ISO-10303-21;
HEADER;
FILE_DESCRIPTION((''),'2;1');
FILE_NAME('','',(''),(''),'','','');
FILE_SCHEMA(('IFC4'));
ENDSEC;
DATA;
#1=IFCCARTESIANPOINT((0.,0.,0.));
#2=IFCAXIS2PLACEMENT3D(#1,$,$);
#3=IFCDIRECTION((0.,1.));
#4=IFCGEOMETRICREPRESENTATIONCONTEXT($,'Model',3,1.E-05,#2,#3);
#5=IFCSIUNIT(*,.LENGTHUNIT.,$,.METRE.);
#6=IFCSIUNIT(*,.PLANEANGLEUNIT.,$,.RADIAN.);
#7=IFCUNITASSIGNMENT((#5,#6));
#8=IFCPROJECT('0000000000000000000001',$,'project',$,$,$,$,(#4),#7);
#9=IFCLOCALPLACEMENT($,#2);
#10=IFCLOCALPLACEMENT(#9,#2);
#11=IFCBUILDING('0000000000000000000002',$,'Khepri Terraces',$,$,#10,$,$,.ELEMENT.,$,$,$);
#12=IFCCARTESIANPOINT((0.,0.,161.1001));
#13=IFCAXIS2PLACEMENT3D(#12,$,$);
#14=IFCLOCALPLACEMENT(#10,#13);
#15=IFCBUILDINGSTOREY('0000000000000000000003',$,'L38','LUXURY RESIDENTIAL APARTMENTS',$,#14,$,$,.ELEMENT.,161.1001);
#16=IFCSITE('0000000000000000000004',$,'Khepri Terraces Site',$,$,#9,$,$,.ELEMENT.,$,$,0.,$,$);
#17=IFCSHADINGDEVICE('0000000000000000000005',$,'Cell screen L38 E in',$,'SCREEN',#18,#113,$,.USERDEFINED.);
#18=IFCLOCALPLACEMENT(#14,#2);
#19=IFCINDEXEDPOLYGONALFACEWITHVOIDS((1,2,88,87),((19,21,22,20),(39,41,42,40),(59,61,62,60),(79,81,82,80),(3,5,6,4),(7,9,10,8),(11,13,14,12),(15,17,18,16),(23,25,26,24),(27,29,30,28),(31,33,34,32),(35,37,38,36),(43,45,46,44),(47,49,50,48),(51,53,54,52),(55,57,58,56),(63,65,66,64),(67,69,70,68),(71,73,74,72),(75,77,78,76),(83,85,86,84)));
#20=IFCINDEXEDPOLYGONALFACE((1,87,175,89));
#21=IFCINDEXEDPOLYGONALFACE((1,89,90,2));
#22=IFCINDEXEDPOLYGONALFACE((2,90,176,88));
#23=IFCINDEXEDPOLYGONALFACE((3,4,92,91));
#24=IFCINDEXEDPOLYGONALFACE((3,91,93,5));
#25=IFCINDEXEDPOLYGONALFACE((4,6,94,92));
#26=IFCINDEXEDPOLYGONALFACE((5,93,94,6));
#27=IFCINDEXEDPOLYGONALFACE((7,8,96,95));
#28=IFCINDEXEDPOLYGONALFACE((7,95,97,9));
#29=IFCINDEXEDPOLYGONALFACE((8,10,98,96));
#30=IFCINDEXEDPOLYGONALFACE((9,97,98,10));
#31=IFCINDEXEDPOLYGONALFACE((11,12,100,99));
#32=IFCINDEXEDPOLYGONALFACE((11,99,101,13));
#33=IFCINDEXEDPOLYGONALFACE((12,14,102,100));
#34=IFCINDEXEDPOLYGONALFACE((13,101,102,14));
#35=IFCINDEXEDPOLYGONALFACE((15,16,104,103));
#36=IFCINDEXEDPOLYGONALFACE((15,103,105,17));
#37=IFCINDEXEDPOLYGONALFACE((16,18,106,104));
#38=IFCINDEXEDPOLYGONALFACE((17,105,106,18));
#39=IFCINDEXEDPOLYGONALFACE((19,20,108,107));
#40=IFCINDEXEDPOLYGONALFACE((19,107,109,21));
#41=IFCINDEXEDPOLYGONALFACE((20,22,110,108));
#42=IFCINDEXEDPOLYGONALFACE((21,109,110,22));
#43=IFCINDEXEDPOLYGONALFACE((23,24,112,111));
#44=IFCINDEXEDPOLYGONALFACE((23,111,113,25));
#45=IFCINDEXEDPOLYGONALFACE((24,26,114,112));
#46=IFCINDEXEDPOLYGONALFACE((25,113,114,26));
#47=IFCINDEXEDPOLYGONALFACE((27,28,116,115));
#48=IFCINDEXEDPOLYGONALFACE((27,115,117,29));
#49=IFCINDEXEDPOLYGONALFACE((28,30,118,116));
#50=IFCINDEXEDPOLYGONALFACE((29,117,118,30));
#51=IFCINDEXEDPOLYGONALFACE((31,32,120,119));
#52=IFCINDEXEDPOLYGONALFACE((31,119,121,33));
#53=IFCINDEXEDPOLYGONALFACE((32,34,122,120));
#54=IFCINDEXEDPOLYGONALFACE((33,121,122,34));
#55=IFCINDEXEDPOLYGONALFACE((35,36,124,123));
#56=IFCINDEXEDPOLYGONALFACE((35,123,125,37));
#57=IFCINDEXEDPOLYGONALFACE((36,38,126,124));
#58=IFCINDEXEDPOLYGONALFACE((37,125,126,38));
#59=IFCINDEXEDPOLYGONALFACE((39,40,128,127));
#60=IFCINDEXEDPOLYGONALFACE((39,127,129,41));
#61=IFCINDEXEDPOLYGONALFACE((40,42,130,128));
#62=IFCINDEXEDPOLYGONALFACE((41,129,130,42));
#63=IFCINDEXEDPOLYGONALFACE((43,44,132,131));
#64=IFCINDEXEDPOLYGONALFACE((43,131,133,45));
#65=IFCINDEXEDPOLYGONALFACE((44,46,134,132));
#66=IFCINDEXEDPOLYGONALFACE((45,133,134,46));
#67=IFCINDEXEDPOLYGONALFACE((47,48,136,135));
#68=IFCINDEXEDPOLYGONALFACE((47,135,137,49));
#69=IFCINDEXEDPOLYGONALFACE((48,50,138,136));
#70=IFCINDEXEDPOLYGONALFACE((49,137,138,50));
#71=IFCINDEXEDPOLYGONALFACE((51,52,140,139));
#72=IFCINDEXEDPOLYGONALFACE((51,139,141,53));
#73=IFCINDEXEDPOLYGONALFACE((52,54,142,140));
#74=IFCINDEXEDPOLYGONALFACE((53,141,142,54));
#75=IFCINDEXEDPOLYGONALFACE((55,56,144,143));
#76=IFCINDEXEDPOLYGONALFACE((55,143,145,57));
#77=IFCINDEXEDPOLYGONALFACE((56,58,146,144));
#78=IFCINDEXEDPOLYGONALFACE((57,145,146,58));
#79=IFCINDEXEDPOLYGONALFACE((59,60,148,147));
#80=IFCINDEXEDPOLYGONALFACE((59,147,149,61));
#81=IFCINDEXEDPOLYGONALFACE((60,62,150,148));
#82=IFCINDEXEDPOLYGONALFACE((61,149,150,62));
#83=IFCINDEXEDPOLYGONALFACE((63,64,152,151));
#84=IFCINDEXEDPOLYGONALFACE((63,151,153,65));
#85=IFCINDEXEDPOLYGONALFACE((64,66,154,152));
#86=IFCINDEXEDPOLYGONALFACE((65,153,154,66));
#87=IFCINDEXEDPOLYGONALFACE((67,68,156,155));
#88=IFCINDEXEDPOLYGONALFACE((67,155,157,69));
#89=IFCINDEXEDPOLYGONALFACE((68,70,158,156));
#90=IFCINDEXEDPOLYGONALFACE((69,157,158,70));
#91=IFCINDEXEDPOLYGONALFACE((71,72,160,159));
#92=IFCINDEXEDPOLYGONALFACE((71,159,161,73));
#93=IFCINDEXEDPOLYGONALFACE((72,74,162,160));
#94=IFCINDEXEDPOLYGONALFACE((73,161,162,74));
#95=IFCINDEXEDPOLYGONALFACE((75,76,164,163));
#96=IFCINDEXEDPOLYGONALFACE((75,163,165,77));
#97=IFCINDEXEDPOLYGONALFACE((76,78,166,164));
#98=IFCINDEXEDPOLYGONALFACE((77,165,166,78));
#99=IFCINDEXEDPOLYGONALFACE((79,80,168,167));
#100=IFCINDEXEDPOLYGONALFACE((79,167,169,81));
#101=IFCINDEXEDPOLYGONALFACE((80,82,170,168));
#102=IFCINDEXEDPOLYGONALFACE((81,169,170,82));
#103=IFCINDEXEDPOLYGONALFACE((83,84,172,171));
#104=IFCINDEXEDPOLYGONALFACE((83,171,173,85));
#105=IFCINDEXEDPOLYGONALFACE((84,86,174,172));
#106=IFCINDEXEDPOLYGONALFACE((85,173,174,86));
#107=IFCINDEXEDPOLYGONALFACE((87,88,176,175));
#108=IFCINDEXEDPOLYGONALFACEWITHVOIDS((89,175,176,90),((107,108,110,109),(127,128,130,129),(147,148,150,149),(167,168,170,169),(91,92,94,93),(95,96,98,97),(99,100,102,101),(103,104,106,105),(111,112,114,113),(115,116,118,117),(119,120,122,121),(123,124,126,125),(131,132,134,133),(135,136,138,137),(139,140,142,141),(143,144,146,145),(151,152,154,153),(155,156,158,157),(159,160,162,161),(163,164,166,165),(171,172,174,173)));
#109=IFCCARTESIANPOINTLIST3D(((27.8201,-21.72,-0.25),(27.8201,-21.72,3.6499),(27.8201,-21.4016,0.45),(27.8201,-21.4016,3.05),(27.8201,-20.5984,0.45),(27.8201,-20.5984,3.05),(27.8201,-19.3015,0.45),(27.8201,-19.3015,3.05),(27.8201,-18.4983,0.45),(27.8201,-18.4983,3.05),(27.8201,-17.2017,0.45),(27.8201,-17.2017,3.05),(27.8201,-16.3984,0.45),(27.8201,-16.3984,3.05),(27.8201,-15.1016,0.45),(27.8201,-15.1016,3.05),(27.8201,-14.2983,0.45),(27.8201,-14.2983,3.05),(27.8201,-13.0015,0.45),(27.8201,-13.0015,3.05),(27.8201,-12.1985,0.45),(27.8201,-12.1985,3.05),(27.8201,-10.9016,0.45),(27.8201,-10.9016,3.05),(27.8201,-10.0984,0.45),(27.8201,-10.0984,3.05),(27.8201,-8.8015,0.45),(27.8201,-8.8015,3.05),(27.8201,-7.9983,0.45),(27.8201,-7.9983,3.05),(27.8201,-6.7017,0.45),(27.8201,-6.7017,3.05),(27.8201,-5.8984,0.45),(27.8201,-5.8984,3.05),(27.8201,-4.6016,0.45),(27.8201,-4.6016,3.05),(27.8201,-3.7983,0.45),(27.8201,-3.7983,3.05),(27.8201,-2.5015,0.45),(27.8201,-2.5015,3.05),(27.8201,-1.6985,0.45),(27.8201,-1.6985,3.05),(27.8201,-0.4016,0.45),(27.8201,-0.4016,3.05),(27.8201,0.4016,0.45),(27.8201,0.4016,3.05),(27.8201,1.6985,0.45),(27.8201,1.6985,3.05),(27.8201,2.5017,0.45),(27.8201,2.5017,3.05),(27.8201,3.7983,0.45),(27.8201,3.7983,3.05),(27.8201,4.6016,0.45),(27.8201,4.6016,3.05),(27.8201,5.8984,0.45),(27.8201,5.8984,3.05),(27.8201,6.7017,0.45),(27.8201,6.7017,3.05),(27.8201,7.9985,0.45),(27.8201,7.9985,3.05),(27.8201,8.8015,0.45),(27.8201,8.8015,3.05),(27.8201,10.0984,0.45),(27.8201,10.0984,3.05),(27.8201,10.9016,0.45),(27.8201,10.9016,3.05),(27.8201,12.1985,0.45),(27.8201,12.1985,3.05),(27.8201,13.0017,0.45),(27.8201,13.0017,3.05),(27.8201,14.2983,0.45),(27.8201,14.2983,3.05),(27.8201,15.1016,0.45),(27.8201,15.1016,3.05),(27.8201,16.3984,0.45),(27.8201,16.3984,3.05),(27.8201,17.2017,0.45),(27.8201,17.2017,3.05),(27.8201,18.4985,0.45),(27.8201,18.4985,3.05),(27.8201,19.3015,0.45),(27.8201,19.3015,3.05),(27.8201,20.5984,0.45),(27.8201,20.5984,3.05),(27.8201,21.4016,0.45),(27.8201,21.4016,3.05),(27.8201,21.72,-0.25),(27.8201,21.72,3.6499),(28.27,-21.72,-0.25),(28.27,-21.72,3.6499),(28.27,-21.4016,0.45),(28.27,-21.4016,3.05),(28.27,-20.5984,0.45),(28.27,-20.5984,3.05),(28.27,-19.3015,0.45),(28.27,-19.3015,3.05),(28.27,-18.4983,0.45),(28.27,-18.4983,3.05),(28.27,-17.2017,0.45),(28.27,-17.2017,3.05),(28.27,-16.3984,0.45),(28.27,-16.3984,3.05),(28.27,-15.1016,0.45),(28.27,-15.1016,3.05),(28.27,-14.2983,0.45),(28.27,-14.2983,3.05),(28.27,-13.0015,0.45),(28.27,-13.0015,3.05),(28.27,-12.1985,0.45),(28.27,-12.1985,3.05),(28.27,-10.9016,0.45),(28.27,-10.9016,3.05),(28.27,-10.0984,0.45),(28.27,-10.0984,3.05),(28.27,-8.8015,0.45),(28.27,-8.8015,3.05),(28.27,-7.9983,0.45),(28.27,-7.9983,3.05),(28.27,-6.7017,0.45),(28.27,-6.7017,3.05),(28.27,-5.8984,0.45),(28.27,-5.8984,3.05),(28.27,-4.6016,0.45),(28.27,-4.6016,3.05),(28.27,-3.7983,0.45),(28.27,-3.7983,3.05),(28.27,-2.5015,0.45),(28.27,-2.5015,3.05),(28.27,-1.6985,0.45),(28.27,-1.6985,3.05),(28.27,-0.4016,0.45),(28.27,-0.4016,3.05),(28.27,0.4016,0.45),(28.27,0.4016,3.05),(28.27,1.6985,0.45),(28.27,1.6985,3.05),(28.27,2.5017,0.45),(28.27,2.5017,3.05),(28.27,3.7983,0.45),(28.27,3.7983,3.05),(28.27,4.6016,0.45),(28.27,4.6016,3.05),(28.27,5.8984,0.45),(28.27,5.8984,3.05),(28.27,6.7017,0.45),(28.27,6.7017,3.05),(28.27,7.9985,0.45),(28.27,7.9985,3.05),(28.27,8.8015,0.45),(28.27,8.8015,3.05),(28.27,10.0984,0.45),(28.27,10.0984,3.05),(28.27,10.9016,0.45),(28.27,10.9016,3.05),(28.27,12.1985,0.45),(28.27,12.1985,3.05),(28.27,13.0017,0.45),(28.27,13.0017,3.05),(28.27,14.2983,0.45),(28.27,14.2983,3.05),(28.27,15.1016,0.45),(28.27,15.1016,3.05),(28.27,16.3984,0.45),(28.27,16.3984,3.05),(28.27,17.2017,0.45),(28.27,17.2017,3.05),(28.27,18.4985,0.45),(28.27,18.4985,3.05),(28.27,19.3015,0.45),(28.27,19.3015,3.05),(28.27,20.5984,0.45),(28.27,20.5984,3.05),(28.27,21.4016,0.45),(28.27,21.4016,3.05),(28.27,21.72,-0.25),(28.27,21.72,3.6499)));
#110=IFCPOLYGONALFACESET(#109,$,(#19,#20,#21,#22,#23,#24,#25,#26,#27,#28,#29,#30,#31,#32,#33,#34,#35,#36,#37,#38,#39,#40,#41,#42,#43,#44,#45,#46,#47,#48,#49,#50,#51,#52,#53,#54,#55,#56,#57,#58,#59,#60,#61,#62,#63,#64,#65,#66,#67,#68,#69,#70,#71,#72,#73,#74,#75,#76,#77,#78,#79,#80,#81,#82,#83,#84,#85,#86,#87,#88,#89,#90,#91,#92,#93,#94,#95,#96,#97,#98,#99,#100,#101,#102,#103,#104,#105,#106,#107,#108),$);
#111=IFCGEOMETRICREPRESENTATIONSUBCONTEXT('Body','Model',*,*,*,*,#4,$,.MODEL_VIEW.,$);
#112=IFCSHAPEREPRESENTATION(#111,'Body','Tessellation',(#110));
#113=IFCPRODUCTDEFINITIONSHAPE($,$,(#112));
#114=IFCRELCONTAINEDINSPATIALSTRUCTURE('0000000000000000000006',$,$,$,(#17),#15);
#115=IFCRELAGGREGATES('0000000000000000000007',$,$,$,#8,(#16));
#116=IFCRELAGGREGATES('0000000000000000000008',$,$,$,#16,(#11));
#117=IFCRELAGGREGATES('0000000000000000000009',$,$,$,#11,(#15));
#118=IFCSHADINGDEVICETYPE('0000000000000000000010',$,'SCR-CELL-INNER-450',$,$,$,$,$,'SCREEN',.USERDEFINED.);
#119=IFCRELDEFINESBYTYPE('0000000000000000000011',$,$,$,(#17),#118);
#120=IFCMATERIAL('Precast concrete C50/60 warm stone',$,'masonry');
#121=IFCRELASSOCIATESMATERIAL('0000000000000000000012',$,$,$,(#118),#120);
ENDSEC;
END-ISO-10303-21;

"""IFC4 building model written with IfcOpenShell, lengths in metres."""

from ifc_helpers import new_model, si_unit, direction, frame, origin, place, context, subcontext, project, spatial, polyline, outline, extrude, material, type_object, element, save


model = new_model("IFC4")

# Units and contexts
model_context = context("Model", 3, precision=1e-05, world=origin(), true_north=direction((0.0, 1.0)))
body_context = subcontext(model_context, "Body", "Model", "MODEL_VIEW")
ifc_project = project(units=[si_unit("LENGTHUNIT", "METRE"), si_unit("PLANEANGLEUNIT", "RADIAN")], contexts=[model_context])

# Site, building, storey
site_placement = place(None, origin())
site = spatial("IfcSite", under=ifc_project, at=site_placement, Name="Khepri Terraces Site", CompositionType="ELEMENT", RefElevation=0.0)
building_placement = place(site_placement, origin())
building = spatial("IfcBuilding", under=site, at=building_placement, Name="Khepri Terraces", CompositionType="ELEMENT")
storey_placement = place(building_placement, frame((0.0, 0.0, 161.1001)))
storey = spatial("IfcBuildingStorey", under=building, at=storey_placement, Name="L38", Description="LUXURY RESIDENTIAL APARTMENTS", CompositionType="ELEMENT", Elevation=161.1001)

# Shared definitions
ifc_material_1 = material(Name="Precast concrete C50/60 warm stone", Category="masonry")

# Shading device
shading_device_type_1 = type_object("IfcShadingDeviceType", Name="SCR-CELL-INNER-450", ElementType="SCREEN", PredefinedType="USERDEFINED", material=ifc_material_1)
shading_device_1_placement = place(storey_placement, frame((27.8201, -21.72, -0.25), z_axis=(1.0, 0.0, 0.0), x_axis=(0.0, 1.0, 0.0)))
element("IfcShadingDevice", 1, at=shading_device_1_placement, inside=storey, type_object=shading_device_type_1, Name="Cell screen L38 E in", ObjectType="SCREEN", PredefinedType="USERDEFINED", context=body_context, shape_type="SweptSolid", body=[
    extrude(outline(polyline([(0.0, 0.0), (43.4399, 0.0), (43.4399, 3.8999), (0.0, 3.8999), (0.0, 0.0)]), holes=[polyline([(0.3184, 0.7), (1.1216, 0.7), (1.1216, 3.3), (0.3184, 3.3), (0.3184, 0.7)]), polyline([(2.4185, 0.7), (3.2217, 0.7), (3.2217, 3.3), (2.4185, 3.3), (2.4185, 0.7)]), polyline([(4.5183, 0.7), (5.3215, 0.7), (5.3215, 3.3), (4.5183, 3.3), (4.5183, 0.7)]), polyline([(6.6184, 0.7), (7.4216, 0.7), (7.4216, 3.3), (6.6184, 3.3), (6.6184, 0.7)]), polyline([(8.7185, 0.7), (9.5215, 0.7), (9.5215, 3.3), (8.7185, 3.3), (8.7185, 0.7)]), polyline([(10.8184, 0.7), (11.6216, 0.7), (11.6216, 3.3), (10.8184, 3.3), (10.8184, 0.7)]), polyline([(12.9185, 0.7), (13.7217, 0.7), (13.7217, 3.3), (12.9185, 3.3), (12.9185, 0.7)]), polyline([(15.0183, 0.7), (15.8215, 0.7), (15.8215, 3.3), (15.0183, 3.3), (15.0183, 0.7)]), polyline([(17.1184, 0.7), (17.9216, 0.7), (17.9216, 3.3), (17.1184, 3.3), (17.1184, 0.7)]), polyline([(19.2185, 0.7), (20.0215, 0.7), (20.0215, 3.3), (19.2185, 3.3), (19.2185, 0.7)]), polyline([(21.3184, 0.7), (22.1216, 0.7), (22.1216, 3.3), (21.3184, 3.3), (21.3184, 0.7)]), polyline([(23.4185, 0.7), (24.2217, 0.7), (24.2217, 3.3), (23.4185, 3.3), (23.4185, 0.7)]), polyline([(25.5183, 0.7), (26.3215, 0.7), (26.3215, 3.3), (25.5183, 3.3), (25.5183, 0.7)]), polyline([(27.6184, 0.7), (28.4216, 0.7), (28.4216, 3.3), (27.6184, 3.3), (27.6184, 0.7)]), polyline([(29.7185, 0.7), (30.5215, 0.7), (30.5215, 3.3), (29.7185, 3.3), (29.7185, 0.7)]), polyline([(31.8184, 0.7), (32.6216, 0.7), (32.6216, 3.3), (31.8184, 3.3), (31.8184, 0.7)]), polyline([(33.9185, 0.7), (34.7217, 0.7), (34.7217, 3.3), (33.9185, 3.3), (33.9185, 0.7)]), polyline([(36.0183, 0.7), (36.8215, 0.7), (36.8215, 3.3), (36.0183, 3.3), (36.0183, 0.7)]), polyline([(38.1184, 0.7), (38.9216, 0.7), (38.9216, 3.3), (38.1184, 3.3), (38.1184, 0.7)]), polyline([(40.2185, 0.7), (41.0215, 0.7), (41.0215, 3.3), (40.2185, 3.3), (40.2185, 0.7)]), polyline([(42.3184, 0.7), (43.1216, 0.7), (43.1216, 3.3), (42.3184, 3.3), (42.3184, 0.7)])]), origin(), (0.0, 0.0, 1.0), 0.45),
])

save(model, "model.ifc")
